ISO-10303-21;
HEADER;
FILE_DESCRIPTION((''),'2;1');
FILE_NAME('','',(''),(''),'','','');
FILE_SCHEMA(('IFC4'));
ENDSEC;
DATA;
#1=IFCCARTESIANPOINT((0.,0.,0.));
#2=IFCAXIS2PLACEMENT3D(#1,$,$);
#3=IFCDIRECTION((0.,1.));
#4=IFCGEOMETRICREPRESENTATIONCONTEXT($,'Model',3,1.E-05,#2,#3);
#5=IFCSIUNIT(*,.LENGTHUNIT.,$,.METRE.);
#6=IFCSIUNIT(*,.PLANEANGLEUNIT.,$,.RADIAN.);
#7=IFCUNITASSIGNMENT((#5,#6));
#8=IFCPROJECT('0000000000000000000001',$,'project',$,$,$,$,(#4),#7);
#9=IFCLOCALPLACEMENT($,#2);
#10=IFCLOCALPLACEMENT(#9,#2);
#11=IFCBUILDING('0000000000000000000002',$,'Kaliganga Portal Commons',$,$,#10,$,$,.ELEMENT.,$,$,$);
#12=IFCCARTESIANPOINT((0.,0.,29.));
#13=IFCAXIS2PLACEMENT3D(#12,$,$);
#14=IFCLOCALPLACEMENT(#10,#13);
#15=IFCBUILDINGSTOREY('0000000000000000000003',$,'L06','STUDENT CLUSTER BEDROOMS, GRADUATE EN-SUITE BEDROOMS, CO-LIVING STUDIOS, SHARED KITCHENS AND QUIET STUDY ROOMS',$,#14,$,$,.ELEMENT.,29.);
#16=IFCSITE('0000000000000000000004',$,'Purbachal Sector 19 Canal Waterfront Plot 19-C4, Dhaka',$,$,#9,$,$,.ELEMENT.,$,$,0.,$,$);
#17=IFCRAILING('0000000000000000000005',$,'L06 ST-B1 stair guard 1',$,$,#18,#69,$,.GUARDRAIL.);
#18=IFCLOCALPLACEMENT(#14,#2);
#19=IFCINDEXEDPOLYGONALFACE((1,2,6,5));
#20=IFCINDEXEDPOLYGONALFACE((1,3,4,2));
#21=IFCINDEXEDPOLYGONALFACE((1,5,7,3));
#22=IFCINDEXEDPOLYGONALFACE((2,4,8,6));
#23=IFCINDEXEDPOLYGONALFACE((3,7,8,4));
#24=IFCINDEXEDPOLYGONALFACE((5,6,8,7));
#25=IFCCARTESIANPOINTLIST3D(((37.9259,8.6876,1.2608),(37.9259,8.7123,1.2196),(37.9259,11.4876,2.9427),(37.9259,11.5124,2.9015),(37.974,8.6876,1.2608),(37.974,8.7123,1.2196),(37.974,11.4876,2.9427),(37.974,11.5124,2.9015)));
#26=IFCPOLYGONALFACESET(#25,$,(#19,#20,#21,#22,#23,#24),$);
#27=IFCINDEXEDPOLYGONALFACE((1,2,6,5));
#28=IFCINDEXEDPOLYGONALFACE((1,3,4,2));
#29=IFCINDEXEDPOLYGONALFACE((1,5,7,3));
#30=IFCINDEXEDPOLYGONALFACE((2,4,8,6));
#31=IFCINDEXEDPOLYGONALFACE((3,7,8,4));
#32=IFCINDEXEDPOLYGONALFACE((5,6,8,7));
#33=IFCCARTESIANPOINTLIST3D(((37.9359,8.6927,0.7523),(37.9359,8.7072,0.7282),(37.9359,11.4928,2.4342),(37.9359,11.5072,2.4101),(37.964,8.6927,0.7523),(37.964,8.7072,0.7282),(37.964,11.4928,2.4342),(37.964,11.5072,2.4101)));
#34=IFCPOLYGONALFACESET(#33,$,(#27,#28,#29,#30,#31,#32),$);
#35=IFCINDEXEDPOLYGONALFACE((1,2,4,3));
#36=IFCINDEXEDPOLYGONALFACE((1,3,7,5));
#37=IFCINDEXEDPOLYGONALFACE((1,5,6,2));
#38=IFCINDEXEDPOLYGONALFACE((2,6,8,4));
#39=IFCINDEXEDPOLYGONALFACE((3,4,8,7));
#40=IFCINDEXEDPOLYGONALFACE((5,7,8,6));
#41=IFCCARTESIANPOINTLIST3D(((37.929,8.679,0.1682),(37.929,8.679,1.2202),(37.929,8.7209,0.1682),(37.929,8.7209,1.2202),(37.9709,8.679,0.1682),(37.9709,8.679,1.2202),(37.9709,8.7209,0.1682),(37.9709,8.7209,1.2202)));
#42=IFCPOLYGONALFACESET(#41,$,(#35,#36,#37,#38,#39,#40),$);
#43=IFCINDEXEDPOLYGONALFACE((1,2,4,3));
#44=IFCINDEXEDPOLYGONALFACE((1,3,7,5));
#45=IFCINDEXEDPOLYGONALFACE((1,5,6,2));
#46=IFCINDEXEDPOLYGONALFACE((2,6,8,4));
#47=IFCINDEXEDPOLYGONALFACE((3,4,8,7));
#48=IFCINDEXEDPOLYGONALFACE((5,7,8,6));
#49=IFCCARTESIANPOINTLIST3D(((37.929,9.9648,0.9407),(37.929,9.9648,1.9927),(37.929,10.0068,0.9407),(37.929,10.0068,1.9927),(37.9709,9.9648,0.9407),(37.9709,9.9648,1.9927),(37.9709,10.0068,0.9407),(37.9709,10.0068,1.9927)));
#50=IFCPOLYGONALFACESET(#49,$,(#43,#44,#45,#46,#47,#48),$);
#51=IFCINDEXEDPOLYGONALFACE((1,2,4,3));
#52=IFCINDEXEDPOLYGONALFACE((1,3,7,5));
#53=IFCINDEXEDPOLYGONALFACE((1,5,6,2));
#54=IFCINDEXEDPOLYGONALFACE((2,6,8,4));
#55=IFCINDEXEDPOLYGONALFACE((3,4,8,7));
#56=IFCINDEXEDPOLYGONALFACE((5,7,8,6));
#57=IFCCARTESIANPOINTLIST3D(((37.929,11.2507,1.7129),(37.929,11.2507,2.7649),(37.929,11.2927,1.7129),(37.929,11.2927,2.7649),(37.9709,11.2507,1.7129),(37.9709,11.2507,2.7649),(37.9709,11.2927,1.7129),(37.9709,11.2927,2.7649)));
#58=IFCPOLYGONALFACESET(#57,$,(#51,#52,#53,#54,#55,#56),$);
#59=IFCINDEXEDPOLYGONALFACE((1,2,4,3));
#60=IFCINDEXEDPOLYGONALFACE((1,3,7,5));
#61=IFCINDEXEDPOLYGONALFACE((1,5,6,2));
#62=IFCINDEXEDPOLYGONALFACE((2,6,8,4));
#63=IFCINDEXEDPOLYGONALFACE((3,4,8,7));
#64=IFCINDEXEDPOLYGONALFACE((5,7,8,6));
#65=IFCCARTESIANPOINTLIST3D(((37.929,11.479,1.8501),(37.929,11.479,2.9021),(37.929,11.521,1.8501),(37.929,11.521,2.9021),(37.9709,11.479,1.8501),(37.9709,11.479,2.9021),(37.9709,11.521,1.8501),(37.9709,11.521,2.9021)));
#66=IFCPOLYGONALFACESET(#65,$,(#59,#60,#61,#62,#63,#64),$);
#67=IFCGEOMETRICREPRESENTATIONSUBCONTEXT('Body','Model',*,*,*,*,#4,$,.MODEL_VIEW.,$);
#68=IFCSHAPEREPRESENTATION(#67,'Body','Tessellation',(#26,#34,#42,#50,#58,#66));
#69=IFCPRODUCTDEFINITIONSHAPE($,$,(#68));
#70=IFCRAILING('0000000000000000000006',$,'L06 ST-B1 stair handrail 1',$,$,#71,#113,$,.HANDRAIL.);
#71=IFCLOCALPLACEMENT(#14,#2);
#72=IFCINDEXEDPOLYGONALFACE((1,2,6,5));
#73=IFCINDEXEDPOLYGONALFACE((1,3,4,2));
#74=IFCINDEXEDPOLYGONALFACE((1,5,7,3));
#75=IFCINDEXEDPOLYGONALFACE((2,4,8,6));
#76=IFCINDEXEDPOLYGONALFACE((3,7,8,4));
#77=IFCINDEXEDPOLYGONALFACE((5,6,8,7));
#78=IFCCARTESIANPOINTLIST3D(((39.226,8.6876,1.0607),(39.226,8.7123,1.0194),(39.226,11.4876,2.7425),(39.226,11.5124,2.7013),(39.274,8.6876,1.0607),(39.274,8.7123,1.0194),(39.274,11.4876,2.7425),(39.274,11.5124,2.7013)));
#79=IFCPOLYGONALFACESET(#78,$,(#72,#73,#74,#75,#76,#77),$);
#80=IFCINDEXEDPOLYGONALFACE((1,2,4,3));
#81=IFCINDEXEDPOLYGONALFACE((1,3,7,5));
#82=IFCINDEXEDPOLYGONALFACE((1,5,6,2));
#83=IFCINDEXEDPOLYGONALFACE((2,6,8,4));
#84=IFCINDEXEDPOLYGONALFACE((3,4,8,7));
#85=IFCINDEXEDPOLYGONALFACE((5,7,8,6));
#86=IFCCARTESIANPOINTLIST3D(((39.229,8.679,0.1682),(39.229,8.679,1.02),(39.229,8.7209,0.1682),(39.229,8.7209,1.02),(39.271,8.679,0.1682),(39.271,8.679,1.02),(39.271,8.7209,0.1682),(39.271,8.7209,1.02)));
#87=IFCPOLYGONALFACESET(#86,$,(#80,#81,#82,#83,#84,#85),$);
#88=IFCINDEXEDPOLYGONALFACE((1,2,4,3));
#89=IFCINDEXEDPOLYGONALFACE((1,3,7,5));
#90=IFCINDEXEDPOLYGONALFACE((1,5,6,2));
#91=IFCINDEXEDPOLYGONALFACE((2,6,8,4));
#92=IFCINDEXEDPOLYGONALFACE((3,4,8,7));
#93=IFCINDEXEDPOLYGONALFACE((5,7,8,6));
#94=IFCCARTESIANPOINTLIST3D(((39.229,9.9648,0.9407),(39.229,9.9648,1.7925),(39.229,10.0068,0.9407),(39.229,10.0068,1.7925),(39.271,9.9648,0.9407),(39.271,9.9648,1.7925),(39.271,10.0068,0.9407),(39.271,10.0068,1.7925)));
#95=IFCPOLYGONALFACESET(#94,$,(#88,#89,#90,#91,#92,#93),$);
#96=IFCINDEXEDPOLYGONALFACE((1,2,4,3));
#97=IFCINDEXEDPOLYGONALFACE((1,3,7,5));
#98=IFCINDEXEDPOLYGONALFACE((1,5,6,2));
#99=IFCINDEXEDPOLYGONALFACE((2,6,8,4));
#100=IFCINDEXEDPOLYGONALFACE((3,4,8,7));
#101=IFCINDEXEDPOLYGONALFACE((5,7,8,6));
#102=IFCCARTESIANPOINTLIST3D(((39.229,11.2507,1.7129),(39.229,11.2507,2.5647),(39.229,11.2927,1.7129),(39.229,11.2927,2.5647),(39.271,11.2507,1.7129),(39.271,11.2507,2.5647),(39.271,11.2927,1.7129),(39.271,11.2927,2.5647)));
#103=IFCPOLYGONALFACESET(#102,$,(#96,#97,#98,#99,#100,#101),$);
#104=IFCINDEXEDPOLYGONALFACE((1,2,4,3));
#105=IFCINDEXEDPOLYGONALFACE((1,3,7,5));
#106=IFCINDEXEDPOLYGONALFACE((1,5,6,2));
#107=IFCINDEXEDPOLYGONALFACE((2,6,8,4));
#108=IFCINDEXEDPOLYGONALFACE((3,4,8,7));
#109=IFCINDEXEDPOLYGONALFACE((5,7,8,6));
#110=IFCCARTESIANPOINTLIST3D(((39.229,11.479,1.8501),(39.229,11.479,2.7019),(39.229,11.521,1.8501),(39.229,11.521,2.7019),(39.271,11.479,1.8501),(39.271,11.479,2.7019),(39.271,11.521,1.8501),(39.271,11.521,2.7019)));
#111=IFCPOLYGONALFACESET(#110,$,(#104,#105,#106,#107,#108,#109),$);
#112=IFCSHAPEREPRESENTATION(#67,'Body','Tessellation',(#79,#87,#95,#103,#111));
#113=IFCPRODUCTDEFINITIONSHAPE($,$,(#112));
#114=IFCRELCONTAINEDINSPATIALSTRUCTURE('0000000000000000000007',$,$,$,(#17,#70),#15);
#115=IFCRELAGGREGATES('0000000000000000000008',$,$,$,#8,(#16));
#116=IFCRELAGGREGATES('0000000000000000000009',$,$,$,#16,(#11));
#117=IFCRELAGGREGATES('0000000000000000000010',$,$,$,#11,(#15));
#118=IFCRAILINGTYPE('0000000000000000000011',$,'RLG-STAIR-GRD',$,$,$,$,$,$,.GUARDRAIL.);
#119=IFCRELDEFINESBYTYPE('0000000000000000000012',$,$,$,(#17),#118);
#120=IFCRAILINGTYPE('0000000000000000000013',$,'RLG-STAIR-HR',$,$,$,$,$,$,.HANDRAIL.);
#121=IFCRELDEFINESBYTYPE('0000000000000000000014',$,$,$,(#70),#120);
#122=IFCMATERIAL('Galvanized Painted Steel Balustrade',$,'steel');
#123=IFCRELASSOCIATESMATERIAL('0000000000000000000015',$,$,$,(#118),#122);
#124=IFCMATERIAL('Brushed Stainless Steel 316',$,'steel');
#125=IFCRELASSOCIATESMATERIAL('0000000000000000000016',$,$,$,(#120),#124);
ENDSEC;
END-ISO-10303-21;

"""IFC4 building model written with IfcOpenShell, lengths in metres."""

from ifc_helpers import new_model, si_unit, direction, frame, origin, origin_2d, place, context, subcontext, project, spatial, rectangle, extrude, material, type_object, element, save


model = new_model("IFC4")

# Units and contexts
model_context = context("Model", 3, precision=1e-05, world=origin(), true_north=direction((0.0, 1.0)))
body_context = subcontext(model_context, "Body", "Model", "MODEL_VIEW")
ifc_project = project(units=[si_unit("LENGTHUNIT", "METRE"), si_unit("PLANEANGLEUNIT", "RADIAN")], contexts=[model_context])

# Site, building, storey
site_placement = place(None, origin())
site = spatial("IfcSite", under=ifc_project, at=site_placement, Name="Purbachal Sector 19 Canal Waterfront Plot 19-C4, Dhaka", CompositionType="ELEMENT", RefElevation=0.0)
building_placement = place(site_placement, origin())
building = spatial("IfcBuilding", under=site, at=building_placement, Name="Kaliganga Portal Commons", CompositionType="ELEMENT")
storey_placement = place(building_placement, frame((0.0, 0.0, 29.0)))
storey = spatial("IfcBuildingStorey", under=building, at=storey_placement, Name="L06", Description="STUDENT CLUSTER BEDROOMS, GRADUATE EN-SUITE BEDROOMS, CO-LIVING STUDIOS, SHARED KITCHENS AND QUIET STUDY ROOMS", CompositionType="ELEMENT", Elevation=29.0)

# Railings
ifc_material_1 = material(Name="Galvanized Painted Steel Balustrade", Category="steel")
railing_type_1 = type_object("IfcRailingType", Name="RLG-STAIR-GRD", PredefinedType="GUARDRAIL", material=ifc_material_1)
railing_1_placement = place(storey_placement, frame((37.95, 8.7, 0.1682)))
element("IfcRailing", 1, at=railing_1_placement, inside=storey, type_object=railing_type_1, Name="L06 ST-B1 stair guard 1", PredefinedType="GUARDRAIL", context=body_context, shape_type="SweptSolid", body=[
    extrude(rectangle(XDim=0.0481, YDim=0.0481, at=origin_2d()), frame((0.0, 0.0, 1.072), z_axis=(0.0, 0.857242, 0.514913), x_axis=(-1.0, 0.0, 0.0)), (0.0, 0.0, 1.0), 3.2664),
    extrude(rectangle(XDim=0.0281, YDim=0.0281, at=origin_2d()), frame((0.0, 0.0, 0.572), z_axis=(0.0, 0.857242, 0.514913), x_axis=(-1.0, 0.0, 0.0)), (0.0, 0.0, 1.0), 3.2664),
    extrude(rectangle(XDim=0.042, YDim=0.042, at=origin_2d()), origin(), (0.0, 0.0, 1.0), 1.052),
    extrude(rectangle(XDim=0.042, YDim=0.042, at=origin_2d()), frame((0.0, 1.2859, 0.7725)), (0.0, 0.0, 1.0), 1.052),
    extrude(rectangle(XDim=0.042, YDim=0.042, at=origin_2d()), frame((0.0, 2.5718, 1.5447)), (0.0, 0.0, 1.0), 1.052),
    extrude(rectangle(XDim=0.042, YDim=0.042, at=origin_2d()), frame((0.0, 2.8, 1.6819)), (0.0, 0.0, 1.0), 1.052),
])
ifc_material_2 = material(Name="Brushed Stainless Steel 316", Category="steel")
railing_type_2 = type_object("IfcRailingType", Name="RLG-STAIR-HR", PredefinedType="HANDRAIL", material=ifc_material_2)
railing_2_placement = place(storey_placement, frame((39.25, 8.7, 0.1682)))
element("IfcRailing", 2, at=railing_2_placement, inside=storey, type_object=railing_type_2, Name="L06 ST-B1 stair handrail 1", PredefinedType="HANDRAIL", context=body_context, shape_type="SweptSolid", body=[
    extrude(rectangle(XDim=0.0481, YDim=0.0481, at=origin_2d()), frame((0.0, 0.0, 0.8718), z_axis=(0.0, 0.857242, 0.514913), x_axis=(-1.0, 0.0, 0.0)), (0.0, 0.0, 1.0), 3.2664),
    extrude(rectangle(XDim=0.042, YDim=0.042, at=origin_2d()), origin(), (0.0, 0.0, 1.0), 0.8518),
    extrude(rectangle(XDim=0.042, YDim=0.042, at=origin_2d()), frame((0.0, 1.2859, 0.7725)), (0.0, 0.0, 1.0), 0.8518),
    extrude(rectangle(XDim=0.042, YDim=0.042, at=origin_2d()), frame((0.0, 2.5718, 1.5447)), (0.0, 0.0, 1.0), 0.8518),
    extrude(rectangle(XDim=0.042, YDim=0.042, at=origin_2d()), frame((0.0, 2.8, 1.6819)), (0.0, 0.0, 1.0), 0.8518),
])

save(model, "model.ifc")
